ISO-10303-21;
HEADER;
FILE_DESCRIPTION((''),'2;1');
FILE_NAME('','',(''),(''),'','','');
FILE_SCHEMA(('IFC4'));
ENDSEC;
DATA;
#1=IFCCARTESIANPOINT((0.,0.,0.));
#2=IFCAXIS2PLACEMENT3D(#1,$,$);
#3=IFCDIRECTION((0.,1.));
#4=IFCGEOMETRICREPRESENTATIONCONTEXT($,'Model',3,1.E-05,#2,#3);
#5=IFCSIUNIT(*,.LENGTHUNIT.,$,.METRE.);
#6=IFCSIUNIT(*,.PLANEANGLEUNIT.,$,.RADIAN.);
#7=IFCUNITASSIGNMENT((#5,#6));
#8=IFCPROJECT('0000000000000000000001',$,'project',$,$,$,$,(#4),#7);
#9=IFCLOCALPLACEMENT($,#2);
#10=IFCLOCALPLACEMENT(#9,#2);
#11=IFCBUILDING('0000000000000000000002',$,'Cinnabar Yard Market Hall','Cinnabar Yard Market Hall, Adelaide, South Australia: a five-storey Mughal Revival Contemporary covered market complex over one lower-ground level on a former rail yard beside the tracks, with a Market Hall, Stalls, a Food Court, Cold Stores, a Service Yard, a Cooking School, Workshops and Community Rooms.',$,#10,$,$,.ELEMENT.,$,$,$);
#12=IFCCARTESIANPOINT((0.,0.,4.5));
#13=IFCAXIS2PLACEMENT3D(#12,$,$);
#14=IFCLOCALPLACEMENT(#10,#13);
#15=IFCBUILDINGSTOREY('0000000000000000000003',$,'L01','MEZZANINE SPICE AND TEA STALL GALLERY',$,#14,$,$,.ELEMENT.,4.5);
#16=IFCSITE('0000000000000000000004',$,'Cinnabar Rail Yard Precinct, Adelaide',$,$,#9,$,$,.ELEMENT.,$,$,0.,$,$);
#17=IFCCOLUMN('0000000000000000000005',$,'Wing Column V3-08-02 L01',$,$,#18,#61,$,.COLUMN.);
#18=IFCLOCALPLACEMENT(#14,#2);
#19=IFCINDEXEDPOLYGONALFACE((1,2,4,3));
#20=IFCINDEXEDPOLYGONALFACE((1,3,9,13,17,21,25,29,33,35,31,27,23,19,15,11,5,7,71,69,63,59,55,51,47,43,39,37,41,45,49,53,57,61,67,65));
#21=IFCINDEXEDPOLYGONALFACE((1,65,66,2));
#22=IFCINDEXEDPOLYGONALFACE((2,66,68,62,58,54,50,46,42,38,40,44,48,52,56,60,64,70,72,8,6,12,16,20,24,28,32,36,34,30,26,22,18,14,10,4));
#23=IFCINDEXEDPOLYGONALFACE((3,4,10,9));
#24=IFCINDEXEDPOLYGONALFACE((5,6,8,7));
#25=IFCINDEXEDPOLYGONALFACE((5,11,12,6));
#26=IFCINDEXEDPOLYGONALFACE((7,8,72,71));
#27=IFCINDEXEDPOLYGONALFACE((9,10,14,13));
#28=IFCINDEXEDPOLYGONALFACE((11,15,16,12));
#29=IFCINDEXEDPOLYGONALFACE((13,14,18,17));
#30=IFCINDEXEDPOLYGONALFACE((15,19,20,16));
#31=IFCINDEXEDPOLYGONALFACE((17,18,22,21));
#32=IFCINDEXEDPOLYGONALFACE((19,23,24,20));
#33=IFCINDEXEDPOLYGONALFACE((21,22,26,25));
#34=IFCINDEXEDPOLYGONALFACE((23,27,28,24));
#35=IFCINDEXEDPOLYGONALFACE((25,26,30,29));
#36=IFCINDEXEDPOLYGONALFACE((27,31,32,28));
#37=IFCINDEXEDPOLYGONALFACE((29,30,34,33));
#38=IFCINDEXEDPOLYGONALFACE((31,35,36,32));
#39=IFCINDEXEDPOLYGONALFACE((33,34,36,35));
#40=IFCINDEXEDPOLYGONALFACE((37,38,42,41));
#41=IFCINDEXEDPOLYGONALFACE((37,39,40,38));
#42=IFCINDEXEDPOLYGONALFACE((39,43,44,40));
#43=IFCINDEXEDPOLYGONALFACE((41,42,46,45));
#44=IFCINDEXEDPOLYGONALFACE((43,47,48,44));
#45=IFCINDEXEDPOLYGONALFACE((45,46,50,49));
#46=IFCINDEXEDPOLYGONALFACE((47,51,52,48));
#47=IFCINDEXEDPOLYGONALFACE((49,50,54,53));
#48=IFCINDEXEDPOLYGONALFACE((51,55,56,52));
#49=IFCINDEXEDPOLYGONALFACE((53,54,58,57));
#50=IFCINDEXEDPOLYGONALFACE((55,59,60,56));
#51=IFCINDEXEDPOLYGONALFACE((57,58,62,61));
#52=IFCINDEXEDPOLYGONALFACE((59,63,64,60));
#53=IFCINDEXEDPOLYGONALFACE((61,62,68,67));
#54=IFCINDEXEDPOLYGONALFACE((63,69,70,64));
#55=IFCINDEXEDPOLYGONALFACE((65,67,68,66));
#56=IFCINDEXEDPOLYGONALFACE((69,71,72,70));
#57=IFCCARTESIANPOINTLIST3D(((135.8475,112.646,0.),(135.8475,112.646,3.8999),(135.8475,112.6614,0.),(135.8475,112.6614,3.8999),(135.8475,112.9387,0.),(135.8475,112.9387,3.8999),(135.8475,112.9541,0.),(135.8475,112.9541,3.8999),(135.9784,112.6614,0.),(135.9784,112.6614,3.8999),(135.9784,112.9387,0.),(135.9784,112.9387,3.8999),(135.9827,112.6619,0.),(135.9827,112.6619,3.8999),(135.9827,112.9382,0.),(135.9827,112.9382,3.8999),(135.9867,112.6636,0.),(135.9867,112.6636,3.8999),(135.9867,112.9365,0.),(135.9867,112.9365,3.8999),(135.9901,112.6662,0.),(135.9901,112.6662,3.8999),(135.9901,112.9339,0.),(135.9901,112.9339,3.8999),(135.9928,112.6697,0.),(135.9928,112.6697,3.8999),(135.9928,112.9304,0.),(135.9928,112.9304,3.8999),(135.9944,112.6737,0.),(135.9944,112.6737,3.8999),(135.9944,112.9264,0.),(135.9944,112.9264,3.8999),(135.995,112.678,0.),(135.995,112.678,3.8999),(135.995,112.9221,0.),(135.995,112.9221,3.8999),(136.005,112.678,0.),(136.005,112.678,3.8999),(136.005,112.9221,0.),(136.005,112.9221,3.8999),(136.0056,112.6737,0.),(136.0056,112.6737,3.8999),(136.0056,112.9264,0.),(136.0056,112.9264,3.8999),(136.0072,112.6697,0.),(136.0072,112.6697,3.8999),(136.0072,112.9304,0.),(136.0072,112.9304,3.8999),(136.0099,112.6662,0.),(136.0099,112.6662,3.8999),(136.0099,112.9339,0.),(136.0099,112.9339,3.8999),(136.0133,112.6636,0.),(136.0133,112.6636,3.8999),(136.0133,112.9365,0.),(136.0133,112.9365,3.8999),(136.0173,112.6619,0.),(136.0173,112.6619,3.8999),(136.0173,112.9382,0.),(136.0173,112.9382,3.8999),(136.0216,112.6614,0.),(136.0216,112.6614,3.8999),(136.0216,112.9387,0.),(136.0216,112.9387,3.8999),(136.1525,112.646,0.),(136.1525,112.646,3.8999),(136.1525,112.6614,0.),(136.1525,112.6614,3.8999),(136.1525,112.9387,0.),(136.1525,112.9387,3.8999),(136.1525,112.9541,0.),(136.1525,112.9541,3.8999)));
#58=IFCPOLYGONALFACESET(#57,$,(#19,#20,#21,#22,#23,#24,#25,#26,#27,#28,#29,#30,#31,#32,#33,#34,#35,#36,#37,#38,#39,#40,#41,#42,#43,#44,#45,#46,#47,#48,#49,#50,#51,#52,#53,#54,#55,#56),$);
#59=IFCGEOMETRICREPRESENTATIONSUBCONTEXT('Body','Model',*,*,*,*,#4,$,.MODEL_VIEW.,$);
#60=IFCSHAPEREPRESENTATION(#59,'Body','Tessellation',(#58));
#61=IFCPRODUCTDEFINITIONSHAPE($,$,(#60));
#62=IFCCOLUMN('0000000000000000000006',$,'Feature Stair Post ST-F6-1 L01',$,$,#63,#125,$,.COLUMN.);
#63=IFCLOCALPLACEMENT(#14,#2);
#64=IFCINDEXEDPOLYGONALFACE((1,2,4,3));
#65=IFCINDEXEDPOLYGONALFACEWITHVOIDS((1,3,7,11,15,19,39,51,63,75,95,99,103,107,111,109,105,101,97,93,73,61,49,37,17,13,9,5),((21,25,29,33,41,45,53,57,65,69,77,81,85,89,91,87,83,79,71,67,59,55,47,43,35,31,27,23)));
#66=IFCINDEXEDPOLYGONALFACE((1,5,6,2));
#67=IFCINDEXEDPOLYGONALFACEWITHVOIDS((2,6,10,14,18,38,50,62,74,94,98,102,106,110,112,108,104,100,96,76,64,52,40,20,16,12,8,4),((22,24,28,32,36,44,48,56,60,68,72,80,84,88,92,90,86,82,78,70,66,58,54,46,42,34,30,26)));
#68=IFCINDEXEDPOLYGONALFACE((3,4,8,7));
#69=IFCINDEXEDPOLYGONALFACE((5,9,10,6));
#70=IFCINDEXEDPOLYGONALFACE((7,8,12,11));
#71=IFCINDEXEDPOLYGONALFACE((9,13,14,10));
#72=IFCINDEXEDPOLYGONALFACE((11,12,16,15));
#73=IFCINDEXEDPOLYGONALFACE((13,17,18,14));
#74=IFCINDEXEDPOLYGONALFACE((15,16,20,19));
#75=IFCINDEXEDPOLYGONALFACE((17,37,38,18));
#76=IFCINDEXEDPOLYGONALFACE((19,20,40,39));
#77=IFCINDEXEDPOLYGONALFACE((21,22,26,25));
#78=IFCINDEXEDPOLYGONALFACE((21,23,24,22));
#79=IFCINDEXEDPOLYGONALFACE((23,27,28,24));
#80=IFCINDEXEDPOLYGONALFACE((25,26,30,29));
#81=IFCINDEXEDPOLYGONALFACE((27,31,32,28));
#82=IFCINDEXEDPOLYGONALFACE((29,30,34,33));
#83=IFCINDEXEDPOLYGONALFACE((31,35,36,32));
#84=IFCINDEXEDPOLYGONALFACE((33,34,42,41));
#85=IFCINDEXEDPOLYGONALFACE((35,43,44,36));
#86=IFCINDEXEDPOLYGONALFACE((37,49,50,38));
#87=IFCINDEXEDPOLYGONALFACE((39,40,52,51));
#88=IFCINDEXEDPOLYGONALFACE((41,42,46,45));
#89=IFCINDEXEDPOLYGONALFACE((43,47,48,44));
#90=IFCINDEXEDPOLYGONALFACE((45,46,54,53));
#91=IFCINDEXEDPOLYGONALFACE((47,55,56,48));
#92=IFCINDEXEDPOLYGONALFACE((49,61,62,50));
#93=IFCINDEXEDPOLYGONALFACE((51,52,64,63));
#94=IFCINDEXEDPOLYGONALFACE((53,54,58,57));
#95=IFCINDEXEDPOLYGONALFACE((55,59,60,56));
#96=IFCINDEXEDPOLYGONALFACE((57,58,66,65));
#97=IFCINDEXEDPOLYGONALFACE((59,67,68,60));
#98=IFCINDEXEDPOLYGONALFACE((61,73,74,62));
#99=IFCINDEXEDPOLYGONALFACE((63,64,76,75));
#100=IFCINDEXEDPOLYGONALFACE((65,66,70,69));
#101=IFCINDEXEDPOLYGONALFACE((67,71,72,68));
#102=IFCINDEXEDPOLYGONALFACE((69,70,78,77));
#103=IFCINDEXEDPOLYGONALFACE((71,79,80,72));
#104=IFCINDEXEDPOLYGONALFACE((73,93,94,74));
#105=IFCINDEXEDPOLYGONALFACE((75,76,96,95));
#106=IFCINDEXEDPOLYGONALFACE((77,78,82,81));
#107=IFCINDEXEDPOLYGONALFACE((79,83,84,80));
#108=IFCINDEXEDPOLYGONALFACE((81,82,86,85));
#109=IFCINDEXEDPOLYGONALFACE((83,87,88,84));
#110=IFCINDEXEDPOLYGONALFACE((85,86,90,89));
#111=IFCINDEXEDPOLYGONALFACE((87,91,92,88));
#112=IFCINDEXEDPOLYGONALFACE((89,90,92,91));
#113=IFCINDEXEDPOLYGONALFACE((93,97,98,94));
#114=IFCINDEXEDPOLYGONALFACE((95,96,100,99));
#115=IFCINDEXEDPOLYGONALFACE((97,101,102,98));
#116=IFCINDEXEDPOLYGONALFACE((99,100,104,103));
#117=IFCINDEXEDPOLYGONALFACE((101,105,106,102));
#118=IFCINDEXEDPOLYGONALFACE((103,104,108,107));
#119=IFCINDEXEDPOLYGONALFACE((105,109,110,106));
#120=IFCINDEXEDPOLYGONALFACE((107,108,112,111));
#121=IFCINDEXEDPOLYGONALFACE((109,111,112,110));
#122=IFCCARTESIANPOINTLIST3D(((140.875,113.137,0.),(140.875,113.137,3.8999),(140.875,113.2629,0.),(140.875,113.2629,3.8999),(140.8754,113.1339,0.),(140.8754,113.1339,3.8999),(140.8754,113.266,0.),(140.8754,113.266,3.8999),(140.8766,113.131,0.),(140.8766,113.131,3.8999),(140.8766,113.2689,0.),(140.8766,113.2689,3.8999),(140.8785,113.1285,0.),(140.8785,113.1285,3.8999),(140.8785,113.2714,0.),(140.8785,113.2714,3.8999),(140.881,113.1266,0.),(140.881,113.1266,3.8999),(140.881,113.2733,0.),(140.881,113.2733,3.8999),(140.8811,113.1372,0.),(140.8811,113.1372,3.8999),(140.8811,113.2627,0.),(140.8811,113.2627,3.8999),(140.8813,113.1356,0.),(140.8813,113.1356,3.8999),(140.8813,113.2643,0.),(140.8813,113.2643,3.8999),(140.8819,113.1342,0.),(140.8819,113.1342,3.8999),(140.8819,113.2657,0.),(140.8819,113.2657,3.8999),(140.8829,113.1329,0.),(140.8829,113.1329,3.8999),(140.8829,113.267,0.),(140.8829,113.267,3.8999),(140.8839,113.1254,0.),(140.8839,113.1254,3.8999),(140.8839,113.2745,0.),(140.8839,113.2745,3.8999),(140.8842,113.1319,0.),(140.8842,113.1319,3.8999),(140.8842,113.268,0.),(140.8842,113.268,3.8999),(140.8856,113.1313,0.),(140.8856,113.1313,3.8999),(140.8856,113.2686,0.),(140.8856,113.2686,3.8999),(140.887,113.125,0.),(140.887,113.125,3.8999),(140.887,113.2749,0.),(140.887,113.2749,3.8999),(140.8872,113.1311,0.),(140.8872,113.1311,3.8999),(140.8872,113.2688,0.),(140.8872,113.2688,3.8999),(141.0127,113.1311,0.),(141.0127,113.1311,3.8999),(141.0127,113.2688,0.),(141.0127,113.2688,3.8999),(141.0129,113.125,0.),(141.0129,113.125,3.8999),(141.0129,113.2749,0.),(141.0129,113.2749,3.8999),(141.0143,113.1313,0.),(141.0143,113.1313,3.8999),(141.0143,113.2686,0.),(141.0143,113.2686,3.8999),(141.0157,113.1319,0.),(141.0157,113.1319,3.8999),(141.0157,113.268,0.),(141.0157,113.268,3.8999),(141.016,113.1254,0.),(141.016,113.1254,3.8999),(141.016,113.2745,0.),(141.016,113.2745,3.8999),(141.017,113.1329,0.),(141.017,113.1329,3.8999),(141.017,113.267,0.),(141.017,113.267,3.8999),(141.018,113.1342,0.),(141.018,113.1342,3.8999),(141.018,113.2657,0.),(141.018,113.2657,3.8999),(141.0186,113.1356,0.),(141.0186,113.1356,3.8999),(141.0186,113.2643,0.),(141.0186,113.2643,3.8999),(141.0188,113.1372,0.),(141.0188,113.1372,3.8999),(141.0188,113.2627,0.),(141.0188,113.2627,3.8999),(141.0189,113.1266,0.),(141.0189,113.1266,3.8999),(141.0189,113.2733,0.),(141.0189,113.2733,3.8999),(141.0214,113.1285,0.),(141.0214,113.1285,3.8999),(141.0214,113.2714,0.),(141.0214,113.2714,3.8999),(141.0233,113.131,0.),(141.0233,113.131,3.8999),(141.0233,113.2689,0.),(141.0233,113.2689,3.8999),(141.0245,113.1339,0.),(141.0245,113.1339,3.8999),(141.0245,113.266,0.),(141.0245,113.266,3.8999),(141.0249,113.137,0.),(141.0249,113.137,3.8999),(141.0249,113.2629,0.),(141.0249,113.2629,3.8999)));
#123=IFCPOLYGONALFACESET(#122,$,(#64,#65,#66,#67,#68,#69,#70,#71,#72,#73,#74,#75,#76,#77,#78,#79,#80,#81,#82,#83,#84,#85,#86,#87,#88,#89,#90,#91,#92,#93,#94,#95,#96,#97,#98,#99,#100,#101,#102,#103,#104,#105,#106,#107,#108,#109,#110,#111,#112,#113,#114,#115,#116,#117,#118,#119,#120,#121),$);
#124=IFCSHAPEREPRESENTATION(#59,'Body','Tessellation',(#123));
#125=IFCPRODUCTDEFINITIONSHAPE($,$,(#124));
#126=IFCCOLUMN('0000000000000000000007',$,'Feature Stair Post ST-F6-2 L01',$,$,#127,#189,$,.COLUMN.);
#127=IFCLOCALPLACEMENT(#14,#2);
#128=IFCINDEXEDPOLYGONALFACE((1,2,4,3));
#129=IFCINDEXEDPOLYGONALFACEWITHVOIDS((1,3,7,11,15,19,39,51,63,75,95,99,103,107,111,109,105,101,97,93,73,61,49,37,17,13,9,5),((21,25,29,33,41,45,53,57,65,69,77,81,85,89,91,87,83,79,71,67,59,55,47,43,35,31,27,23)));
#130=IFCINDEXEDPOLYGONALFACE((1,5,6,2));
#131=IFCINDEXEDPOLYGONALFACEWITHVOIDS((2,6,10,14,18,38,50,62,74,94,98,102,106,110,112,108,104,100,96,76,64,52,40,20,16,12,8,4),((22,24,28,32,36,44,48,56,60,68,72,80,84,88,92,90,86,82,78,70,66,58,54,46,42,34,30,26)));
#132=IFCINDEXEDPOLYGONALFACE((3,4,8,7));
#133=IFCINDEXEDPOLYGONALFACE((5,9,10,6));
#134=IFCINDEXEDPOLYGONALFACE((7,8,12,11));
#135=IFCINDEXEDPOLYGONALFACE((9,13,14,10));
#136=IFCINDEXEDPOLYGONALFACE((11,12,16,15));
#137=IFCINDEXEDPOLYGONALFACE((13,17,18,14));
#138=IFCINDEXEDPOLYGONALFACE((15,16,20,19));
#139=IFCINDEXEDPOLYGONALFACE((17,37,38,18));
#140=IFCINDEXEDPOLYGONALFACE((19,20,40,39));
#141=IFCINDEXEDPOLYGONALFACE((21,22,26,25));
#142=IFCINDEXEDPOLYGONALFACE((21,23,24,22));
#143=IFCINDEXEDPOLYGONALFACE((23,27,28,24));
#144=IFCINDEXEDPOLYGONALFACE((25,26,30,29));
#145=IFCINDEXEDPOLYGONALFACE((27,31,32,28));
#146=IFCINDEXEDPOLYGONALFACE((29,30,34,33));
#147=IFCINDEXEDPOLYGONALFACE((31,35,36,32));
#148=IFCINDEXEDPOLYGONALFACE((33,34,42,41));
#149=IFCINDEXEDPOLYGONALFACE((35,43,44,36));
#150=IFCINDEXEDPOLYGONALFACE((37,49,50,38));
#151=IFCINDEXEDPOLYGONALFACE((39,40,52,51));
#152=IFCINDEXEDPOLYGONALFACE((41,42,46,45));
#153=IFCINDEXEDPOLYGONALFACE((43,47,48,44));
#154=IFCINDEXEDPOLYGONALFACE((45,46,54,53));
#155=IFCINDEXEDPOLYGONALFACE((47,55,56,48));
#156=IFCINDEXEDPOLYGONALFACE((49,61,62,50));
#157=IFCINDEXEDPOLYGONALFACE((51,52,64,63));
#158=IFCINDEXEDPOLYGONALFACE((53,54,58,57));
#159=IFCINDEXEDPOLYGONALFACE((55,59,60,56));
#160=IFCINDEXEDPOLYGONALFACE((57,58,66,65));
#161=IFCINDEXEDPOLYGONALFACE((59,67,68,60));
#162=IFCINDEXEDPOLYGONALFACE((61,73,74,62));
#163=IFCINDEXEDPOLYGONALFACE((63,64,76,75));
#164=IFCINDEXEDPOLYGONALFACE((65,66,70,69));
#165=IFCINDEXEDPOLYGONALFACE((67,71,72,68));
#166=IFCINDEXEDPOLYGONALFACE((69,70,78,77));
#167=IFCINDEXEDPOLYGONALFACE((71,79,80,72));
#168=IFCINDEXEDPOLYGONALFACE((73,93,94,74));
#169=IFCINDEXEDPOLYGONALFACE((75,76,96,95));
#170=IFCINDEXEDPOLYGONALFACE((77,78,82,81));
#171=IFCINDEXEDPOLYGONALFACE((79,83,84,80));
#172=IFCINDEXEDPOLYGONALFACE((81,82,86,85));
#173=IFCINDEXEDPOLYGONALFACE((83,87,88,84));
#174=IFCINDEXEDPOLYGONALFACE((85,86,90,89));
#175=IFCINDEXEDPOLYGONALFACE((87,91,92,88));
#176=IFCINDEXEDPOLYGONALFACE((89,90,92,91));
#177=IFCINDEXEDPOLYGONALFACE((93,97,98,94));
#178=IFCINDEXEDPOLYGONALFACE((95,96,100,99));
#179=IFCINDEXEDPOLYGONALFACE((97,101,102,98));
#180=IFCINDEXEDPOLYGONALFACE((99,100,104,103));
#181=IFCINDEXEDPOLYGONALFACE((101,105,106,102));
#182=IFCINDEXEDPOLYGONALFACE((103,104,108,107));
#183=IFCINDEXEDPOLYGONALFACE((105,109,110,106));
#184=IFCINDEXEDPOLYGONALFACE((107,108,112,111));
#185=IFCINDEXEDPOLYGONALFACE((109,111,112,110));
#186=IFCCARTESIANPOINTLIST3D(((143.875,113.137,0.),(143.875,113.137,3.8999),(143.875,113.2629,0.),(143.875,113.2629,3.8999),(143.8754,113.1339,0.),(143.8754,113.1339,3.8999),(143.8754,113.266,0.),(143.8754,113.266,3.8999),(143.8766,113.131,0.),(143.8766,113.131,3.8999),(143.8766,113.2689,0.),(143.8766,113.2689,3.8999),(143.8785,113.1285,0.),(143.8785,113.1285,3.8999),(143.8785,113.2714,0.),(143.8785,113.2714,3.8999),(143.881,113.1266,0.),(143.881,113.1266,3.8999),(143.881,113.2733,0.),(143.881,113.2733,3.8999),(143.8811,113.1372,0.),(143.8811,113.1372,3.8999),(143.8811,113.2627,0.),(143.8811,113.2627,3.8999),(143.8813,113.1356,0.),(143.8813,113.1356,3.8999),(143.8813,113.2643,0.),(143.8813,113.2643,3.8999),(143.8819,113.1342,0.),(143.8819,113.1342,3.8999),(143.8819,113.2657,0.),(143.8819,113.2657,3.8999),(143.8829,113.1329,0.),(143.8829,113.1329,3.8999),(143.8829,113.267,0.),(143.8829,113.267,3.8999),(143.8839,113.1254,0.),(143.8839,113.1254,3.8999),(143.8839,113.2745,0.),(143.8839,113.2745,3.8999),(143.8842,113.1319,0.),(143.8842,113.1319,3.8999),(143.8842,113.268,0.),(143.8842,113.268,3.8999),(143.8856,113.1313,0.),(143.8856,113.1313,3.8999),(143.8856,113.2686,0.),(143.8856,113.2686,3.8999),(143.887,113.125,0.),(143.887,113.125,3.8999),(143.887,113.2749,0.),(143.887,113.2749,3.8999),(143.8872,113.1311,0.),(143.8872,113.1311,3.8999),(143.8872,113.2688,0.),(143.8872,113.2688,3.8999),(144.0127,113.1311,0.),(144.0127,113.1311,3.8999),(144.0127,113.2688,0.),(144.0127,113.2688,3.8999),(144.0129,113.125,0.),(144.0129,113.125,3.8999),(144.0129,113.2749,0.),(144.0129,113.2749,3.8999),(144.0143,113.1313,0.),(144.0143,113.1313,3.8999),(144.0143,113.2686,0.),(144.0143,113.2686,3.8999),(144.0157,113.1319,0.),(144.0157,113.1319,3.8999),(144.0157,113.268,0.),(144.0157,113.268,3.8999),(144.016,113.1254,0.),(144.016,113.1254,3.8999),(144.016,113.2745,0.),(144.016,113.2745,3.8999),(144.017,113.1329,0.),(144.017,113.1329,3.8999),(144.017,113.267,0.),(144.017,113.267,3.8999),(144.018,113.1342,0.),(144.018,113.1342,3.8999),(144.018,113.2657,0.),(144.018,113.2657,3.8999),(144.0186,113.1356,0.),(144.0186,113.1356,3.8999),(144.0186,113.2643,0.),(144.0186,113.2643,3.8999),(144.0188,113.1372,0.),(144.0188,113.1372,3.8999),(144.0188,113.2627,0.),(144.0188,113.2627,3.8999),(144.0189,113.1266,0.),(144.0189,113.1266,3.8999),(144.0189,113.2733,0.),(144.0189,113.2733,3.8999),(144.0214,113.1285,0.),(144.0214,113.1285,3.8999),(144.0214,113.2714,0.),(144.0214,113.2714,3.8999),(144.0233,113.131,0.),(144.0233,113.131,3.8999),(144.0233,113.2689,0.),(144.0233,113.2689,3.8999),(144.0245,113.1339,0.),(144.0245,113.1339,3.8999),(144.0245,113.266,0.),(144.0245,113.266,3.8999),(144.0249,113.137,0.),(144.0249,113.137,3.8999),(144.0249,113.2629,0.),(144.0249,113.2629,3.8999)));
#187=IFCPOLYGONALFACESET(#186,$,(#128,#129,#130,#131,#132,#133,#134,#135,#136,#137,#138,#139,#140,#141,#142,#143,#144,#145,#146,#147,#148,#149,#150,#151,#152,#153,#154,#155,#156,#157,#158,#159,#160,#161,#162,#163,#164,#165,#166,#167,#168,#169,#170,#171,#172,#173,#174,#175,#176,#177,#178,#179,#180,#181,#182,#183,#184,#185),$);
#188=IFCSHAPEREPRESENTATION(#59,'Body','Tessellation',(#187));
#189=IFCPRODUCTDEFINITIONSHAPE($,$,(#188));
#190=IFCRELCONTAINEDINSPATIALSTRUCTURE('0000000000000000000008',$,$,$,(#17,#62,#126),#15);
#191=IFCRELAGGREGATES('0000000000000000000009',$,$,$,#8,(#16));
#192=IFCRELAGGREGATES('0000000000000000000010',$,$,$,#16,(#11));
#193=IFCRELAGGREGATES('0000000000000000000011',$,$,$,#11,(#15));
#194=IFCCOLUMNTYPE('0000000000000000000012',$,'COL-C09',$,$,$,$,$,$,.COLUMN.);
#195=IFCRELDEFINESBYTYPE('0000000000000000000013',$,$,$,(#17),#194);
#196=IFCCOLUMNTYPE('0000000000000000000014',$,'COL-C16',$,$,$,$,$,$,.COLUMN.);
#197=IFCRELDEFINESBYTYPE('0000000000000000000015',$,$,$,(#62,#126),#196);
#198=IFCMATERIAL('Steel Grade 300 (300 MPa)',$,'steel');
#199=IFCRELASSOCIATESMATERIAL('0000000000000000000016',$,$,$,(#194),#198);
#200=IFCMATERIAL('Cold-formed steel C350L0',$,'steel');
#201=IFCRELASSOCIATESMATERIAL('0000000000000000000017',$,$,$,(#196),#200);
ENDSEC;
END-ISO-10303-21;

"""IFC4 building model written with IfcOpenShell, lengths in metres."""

from ifc_helpers import new_model, si_unit, direction, frame, origin, origin_2d_with_axis, place, context, subcontext, project, spatial, hollow_rectangle, i_section, extrude, material, material_profile, profile_set, type_object, element, save


model = new_model("IFC4")

# Units and contexts
model_context = context("Model", 3, precision=1e-05, world=origin(), true_north=direction((0.0, 1.0)))
body_context = subcontext(model_context, "Body", "Model", "MODEL_VIEW")
ifc_project = project(units=[si_unit("LENGTHUNIT", "METRE"), si_unit("PLANEANGLEUNIT", "RADIAN")], contexts=[model_context])

# Site, building, storey
site_placement = place(None, origin())
site = spatial("IfcSite", under=ifc_project, at=site_placement, Name="Cinnabar Rail Yard Precinct, Adelaide", CompositionType="ELEMENT", RefElevation=0.0)
building_placement = place(site_placement, origin())
building = spatial("IfcBuilding", under=site, at=building_placement, Name="Cinnabar Yard Market Hall", Description="Cinnabar Yard Market Hall, Adelaide, South Australia: a five-storey Mughal Revival Contemporary covered market complex over one lower-ground level on a former rail yard beside the tracks, with a Market Hall, Stalls, a Food Court, Cold Stores, a Service Yard, a Cooking School, Workshops and Community Rooms.", CompositionType="ELEMENT")
storey_placement = place(building_placement, frame((0.0, 0.0, 4.5)))
storey = spatial("IfcBuildingStorey", under=building, at=storey_placement, Name="L01", Description="MEZZANINE SPICE AND TEA STALL GALLERY", CompositionType="ELEMENT", Elevation=4.5)

# Columns
ifc_material_1 = material(Name="Steel Grade 300 (300 MPa)", Category="steel")
ifc_material_profile_1 = material_profile(ifc_material_1, i_section(OverallWidth=0.3049, OverallDepth=0.3081, WebThickness=0.01, FlangeThickness=0.0154, FilletRadius=0.0166, at=origin_2d_with_axis()), Name="310UC96.8")
ifc_profile_set_1 = profile_set([ifc_material_profile_1], Name="Steel Grade 300 (300 MPa)")
column_type_1 = type_object("IfcColumnType", Name="COL-C09", PredefinedType="COLUMN", material=ifc_profile_set_1)
column_placement = place(storey_placement, frame((136.0, 112.8, 0.0), z_axis=(0.0, 0.0, 1.0), x_axis=(1.0, 0.0, 0.0)))
element("IfcColumn", 1, at=column_placement, inside=storey, type_object=column_type_1, Name="Wing Column V3-08-02 L01", PredefinedType="COLUMN", context=body_context, shape_type="SweptSolid", body=[
    extrude(i_section(OverallWidth=0.3049, OverallDepth=0.3081, WebThickness=0.01, FlangeThickness=0.0154, FilletRadius=0.0166, at=origin_2d_with_axis()), origin(), (0.0, 0.0, 1.0), 3.8999),
])
ifc_material_2 = material(Name="Cold-formed steel C350L0", Category="steel")
ifc_material_profile_2 = material_profile(ifc_material_2, hollow_rectangle(XDim=0.1499, YDim=0.1499, WallThickness=0.0061, InnerFilletRadius=0.0061, OuterFilletRadius=0.012, at=origin_2d_with_axis()), Name="150x150x6.0SHS")
ifc_profile_set_2 = profile_set([ifc_material_profile_2], Name="Cold-formed steel C350L0")
column_type_2 = type_object("IfcColumnType", Name="COL-C16", PredefinedType="COLUMN", material=ifc_profile_set_2)
for number, where, z_axis, x_axis, name in (
    (2, (140.95, 113.2, 0.0), (0.0, 0.0, 1.0), (1.0, 0.0, 0.0), "Feature Stair Post ST-F6-1 L01"),
    (3, (143.95, 113.2, 0.0), (0.0, 0.0, 1.0), (1.0, 0.0, 0.0), "Feature Stair Post ST-F6-2 L01"),
):
    element("IfcColumn", number, at=place(storey_placement, frame(where, z_axis=z_axis, x_axis=x_axis)), inside=storey, type_object=column_type_2, Name=name, PredefinedType="COLUMN", context=body_context, shape_type="SweptSolid", body=[
        extrude(hollow_rectangle(XDim=0.1499, YDim=0.1499, WallThickness=0.0061, InnerFilletRadius=0.0061, OuterFilletRadius=0.012, at=origin_2d_with_axis()), origin(), (0.0, 0.0, 1.0), 3.8999),
    ])

save(model, "model.ifc")
